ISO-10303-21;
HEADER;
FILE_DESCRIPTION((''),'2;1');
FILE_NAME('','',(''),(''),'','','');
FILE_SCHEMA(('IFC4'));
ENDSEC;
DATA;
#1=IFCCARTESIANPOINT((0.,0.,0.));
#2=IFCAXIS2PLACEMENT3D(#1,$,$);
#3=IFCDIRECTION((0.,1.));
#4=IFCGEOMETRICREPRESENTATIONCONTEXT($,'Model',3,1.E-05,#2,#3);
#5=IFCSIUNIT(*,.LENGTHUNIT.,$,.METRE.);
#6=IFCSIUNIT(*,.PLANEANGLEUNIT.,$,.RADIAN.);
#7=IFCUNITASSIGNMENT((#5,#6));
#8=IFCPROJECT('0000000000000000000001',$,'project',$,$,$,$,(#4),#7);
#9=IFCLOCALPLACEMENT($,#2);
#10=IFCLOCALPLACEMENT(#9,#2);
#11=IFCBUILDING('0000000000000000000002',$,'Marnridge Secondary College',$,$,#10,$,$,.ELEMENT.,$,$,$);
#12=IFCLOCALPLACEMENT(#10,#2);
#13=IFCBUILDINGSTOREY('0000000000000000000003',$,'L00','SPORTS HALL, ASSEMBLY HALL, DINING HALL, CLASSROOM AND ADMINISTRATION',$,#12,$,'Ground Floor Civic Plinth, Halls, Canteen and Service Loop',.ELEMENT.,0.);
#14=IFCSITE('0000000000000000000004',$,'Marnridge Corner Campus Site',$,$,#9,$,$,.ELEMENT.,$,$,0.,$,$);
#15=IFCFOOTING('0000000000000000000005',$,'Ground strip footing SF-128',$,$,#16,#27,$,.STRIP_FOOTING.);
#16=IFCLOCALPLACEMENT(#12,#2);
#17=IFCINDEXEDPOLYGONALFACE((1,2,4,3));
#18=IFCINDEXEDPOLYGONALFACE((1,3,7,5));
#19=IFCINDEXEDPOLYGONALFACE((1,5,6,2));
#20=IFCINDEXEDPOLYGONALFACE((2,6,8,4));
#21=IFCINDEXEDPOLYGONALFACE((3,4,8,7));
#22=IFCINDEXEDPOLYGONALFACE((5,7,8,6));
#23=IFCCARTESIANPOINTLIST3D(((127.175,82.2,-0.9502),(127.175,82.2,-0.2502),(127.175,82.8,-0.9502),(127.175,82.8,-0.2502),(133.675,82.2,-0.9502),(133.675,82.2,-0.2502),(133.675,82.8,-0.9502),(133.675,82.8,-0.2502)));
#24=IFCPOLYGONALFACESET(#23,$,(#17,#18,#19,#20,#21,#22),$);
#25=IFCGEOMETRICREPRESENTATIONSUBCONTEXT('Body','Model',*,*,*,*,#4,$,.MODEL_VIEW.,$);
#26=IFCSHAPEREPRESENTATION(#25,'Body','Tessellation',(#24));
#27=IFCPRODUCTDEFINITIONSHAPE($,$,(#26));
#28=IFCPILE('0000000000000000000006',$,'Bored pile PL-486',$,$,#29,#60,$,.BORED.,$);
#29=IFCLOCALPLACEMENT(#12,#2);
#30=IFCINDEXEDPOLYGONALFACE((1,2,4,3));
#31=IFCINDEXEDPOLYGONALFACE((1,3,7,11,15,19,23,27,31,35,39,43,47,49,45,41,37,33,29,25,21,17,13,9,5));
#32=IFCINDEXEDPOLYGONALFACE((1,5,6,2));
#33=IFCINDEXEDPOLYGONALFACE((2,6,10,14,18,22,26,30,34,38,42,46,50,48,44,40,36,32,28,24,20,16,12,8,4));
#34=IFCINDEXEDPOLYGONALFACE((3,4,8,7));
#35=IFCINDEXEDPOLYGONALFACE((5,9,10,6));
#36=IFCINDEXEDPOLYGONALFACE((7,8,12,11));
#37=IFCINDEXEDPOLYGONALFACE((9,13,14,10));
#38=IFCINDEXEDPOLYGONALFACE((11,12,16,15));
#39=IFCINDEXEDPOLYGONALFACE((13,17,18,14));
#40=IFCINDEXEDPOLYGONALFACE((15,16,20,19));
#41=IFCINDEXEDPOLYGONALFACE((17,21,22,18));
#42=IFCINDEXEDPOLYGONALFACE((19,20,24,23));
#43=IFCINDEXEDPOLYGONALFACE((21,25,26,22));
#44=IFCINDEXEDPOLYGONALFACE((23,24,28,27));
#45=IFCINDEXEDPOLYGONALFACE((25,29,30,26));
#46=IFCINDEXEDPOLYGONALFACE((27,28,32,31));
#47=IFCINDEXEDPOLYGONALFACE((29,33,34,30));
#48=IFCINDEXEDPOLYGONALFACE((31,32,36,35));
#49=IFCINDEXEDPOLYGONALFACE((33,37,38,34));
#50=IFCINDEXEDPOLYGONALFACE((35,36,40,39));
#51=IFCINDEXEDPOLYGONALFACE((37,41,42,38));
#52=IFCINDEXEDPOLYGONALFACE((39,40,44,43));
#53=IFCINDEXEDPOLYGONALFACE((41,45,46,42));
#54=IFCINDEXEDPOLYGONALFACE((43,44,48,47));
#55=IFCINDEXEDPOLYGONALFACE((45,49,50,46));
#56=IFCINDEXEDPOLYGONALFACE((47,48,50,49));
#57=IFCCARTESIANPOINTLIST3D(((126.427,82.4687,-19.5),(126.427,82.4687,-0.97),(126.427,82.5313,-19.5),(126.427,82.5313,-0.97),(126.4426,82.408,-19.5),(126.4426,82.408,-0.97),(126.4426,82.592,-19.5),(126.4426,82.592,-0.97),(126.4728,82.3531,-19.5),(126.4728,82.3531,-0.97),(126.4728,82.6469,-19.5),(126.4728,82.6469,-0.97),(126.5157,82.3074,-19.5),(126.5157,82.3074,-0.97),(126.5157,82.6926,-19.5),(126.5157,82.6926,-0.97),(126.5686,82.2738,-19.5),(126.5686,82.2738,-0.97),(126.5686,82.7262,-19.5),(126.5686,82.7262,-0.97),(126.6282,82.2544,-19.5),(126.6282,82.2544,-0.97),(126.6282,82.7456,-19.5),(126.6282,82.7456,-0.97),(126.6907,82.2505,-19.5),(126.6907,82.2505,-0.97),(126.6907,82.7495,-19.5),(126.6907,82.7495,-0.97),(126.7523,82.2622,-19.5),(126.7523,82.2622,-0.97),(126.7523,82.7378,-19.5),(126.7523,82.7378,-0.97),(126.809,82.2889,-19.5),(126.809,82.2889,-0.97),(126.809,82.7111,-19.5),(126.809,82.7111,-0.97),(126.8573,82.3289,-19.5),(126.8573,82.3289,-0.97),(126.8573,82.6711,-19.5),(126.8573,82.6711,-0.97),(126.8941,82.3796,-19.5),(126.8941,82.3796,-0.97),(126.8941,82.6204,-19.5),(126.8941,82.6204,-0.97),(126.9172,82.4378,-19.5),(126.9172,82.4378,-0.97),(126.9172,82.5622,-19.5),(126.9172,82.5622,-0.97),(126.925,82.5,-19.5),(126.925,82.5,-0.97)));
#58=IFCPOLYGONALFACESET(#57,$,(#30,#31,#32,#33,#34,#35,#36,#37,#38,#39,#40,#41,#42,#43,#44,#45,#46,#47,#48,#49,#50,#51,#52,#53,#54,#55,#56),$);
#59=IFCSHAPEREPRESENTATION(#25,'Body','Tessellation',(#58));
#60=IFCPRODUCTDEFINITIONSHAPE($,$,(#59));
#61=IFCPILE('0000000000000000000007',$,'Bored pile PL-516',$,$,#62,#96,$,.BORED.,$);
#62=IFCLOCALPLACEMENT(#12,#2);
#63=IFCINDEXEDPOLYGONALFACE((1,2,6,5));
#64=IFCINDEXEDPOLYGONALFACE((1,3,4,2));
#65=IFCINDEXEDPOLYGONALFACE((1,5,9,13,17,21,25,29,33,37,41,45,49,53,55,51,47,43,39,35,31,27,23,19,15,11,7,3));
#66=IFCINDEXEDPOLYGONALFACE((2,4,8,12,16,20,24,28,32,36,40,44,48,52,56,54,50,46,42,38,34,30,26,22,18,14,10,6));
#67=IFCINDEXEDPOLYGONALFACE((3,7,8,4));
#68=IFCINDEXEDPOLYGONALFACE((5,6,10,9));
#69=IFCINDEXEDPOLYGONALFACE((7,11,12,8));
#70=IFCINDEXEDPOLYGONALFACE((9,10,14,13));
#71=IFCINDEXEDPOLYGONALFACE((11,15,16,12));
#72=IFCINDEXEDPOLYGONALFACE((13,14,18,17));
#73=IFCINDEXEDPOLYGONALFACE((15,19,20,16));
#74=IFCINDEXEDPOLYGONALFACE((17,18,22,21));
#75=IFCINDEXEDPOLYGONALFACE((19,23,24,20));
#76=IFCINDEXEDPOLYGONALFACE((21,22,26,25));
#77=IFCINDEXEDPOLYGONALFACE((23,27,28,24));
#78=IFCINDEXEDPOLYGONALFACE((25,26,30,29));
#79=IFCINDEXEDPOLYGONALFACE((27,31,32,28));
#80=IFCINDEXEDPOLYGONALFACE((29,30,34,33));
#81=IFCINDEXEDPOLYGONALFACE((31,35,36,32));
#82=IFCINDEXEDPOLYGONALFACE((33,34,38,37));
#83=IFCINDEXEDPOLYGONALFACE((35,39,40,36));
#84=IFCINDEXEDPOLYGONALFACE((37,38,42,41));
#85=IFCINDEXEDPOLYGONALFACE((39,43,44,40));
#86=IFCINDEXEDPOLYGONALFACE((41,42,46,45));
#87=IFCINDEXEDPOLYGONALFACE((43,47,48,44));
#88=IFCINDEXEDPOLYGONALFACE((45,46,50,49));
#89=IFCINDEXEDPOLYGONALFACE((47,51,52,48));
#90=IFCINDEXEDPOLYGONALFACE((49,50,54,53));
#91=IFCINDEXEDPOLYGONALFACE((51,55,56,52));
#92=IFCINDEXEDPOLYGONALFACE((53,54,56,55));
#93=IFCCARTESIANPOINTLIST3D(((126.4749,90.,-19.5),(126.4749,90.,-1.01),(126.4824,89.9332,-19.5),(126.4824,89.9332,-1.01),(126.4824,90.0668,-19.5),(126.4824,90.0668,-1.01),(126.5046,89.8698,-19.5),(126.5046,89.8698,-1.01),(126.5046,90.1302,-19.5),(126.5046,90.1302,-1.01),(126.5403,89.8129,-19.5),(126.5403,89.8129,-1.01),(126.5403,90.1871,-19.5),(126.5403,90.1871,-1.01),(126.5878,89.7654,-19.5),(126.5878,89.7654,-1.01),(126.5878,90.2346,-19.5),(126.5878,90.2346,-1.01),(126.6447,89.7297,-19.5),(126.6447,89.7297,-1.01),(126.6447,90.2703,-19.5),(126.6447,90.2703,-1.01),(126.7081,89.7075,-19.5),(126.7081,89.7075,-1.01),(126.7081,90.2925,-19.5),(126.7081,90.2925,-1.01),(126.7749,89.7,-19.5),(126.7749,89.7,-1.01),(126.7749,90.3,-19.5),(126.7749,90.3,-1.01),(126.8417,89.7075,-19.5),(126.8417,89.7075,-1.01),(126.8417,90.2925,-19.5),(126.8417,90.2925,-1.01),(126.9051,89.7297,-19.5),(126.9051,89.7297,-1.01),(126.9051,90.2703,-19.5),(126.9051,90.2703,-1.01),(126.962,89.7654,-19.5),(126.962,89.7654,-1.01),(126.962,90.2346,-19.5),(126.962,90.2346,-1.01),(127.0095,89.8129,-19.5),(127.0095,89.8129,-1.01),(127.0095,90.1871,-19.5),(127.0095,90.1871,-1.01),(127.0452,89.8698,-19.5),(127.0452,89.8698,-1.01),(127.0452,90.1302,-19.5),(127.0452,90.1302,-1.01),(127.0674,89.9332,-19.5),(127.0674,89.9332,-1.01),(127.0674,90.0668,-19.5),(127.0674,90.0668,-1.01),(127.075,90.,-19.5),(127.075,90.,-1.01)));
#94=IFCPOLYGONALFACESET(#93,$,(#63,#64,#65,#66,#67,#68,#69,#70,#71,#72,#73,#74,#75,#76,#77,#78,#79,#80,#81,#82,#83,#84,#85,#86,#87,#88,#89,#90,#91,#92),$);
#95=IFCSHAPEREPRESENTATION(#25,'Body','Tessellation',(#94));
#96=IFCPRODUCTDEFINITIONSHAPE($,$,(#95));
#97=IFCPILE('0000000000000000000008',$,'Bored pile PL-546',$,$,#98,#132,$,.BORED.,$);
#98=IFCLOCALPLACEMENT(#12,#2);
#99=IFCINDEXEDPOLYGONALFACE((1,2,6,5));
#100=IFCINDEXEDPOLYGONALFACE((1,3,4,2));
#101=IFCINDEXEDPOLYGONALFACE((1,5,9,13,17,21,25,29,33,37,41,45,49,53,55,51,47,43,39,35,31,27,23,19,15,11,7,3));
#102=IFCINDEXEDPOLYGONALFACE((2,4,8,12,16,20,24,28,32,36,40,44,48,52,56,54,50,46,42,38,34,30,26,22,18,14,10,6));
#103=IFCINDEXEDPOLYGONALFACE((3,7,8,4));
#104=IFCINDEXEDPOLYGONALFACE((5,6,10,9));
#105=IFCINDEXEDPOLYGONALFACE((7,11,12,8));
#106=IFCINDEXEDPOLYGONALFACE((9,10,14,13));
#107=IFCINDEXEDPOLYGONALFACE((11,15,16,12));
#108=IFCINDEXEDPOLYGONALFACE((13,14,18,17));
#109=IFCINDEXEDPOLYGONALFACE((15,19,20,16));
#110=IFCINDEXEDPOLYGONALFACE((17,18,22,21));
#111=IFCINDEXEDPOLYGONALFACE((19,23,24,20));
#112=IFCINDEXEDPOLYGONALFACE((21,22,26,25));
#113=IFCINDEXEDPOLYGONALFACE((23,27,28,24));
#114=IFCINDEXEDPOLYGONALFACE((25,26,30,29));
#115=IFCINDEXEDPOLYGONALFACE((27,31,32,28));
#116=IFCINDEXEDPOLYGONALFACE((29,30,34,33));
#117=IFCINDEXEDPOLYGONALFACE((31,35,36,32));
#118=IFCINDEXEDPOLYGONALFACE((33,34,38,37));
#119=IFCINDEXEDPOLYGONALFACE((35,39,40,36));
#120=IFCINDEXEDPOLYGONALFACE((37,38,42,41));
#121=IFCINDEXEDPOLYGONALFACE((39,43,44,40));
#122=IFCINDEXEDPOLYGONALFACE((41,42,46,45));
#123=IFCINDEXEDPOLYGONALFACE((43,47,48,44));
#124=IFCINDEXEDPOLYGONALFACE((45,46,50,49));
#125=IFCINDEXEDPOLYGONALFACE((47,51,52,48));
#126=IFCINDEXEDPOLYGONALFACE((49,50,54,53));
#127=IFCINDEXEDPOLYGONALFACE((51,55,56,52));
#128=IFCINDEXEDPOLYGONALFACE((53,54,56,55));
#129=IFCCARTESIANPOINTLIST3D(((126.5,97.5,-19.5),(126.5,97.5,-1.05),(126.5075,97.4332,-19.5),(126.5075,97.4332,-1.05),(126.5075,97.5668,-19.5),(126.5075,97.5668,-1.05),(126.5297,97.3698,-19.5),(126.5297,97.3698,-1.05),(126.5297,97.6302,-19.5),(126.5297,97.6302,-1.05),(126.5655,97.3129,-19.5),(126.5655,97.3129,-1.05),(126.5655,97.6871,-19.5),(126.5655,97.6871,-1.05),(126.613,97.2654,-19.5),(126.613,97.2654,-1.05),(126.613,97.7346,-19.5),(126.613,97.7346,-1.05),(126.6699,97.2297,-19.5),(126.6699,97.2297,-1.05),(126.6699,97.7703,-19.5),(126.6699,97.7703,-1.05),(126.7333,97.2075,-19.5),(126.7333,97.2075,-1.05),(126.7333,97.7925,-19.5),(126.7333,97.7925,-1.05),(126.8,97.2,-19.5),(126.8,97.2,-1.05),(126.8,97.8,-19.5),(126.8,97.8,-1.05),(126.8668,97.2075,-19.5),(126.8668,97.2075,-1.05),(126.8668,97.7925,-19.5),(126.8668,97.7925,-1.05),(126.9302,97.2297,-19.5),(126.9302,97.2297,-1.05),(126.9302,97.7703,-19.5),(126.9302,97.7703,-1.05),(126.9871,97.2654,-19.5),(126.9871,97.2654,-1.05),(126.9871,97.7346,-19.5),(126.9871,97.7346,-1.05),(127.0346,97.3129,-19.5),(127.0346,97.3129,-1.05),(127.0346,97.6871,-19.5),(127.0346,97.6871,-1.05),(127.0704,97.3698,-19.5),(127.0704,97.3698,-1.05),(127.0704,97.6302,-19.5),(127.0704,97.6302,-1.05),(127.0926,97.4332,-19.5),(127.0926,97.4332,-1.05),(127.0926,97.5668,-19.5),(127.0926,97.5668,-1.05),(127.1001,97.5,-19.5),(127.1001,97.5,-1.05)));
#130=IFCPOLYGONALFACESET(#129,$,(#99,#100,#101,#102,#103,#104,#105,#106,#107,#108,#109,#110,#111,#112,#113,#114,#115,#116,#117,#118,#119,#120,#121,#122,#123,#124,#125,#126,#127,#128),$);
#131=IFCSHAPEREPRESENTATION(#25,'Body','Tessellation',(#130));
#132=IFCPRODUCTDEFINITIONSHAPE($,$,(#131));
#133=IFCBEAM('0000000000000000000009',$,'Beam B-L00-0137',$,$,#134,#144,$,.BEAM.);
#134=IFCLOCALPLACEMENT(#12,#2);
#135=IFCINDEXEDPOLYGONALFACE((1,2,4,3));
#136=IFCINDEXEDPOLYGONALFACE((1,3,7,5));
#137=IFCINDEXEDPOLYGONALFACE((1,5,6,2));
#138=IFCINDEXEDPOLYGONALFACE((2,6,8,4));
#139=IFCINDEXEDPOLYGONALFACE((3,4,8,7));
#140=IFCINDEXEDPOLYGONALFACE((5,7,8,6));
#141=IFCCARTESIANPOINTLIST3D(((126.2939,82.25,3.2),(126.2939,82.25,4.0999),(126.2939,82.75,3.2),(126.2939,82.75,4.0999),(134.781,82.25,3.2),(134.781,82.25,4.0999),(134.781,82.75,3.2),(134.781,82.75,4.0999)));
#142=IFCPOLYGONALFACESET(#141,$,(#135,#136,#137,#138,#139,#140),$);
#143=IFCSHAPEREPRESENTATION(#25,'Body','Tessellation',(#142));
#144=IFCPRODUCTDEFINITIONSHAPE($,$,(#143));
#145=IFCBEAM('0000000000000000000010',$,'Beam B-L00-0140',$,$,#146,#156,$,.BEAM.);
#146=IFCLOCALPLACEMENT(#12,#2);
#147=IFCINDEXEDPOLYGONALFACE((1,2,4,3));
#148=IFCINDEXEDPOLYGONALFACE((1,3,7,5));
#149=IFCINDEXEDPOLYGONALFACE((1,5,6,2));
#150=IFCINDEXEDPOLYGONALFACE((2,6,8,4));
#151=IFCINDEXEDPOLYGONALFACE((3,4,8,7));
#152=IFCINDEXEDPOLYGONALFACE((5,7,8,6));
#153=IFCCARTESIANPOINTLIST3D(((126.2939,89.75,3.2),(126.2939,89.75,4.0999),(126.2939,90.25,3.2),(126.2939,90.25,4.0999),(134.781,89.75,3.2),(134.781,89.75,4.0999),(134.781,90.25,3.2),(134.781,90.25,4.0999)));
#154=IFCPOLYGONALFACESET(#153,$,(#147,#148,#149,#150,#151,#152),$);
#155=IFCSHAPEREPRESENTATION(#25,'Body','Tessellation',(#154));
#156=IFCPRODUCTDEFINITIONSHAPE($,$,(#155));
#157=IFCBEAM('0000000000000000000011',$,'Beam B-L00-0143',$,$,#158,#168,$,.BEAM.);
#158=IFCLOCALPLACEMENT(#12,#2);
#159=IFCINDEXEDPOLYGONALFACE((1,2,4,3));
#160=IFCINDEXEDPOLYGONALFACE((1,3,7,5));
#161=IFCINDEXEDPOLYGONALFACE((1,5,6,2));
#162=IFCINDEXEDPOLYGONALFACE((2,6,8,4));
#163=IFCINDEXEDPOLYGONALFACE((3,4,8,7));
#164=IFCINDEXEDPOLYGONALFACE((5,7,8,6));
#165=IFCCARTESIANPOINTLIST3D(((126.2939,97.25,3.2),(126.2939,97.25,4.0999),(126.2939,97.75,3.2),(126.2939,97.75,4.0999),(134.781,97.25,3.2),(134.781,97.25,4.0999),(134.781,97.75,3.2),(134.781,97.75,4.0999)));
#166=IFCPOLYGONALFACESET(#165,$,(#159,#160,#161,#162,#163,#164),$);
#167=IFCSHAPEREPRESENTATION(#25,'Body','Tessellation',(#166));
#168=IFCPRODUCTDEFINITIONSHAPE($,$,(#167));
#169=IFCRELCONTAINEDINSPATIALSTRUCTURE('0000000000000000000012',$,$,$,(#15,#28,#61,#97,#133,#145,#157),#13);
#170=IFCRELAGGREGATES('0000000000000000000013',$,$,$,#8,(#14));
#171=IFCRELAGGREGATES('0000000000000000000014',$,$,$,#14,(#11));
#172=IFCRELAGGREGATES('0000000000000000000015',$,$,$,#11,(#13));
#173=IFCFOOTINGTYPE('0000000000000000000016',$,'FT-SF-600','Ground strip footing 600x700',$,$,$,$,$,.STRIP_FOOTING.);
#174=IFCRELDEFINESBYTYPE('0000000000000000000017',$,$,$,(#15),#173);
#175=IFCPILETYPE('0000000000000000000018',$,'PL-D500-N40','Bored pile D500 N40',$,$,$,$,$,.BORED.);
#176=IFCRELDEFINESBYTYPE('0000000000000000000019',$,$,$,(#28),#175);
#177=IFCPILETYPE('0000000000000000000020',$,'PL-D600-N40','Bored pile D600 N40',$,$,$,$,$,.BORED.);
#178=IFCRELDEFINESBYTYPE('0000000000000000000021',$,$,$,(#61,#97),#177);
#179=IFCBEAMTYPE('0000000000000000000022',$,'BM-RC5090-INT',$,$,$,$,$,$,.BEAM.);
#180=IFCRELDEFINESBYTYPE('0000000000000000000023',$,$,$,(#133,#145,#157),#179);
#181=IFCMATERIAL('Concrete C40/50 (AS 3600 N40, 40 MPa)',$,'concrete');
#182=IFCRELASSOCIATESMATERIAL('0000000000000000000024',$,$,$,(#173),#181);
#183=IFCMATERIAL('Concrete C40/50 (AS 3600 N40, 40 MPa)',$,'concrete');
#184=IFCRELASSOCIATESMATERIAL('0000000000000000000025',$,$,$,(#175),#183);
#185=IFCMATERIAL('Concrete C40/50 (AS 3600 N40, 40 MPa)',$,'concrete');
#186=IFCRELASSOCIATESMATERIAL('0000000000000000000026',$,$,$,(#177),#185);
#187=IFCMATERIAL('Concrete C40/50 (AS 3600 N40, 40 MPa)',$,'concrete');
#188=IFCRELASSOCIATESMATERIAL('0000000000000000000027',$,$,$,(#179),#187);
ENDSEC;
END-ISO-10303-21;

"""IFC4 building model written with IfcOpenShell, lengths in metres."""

from ifc_helpers import new_model, si_unit, direction, frame, origin, origin_2d, place, context, subcontext, project, spatial, rectangle, circle, extrude, material, material_profile, profile_set, type_object, element, save


model = new_model("IFC4")

# Units and contexts
model_context = context("Model", 3, precision=1e-05, world=origin(), true_north=direction((0.0, 1.0)))
body_context = subcontext(model_context, "Body", "Model", "MODEL_VIEW")
ifc_project = project(units=[si_unit("LENGTHUNIT", "METRE"), si_unit("PLANEANGLEUNIT", "RADIAN")], contexts=[model_context])

# Site, building, storey
site_placement = place(None, origin())
site = spatial("IfcSite", under=ifc_project, at=site_placement, Name="Marnridge Corner Campus Site", CompositionType="ELEMENT", RefElevation=0.0)
building_placement = place(site_placement, origin())
building = spatial("IfcBuilding", under=site, at=building_placement, Name="Marnridge Secondary College", CompositionType="ELEMENT")
storey_placement = place(building_placement, origin())
storey = spatial("IfcBuildingStorey", under=building, at=storey_placement, Name="L00", Description="SPORTS HALL, ASSEMBLY HALL, DINING HALL, CLASSROOM AND ADMINISTRATION", LongName="Ground Floor Civic Plinth, Halls, Canteen and Service Loop", CompositionType="ELEMENT", Elevation=0.0)

# Footing
ifc_material_1 = material(Name="Concrete C40/50 (AS 3600 N40, 40 MPa)", Category="concrete")
footing_type = type_object("IfcFootingType", Name="FT-SF-600", Description="Ground strip footing 600x700", PredefinedType="STRIP_FOOTING", material=ifc_material_1)
footing_placement = place(storey_placement, frame((130.425, 82.5, -0.9502), z_axis=(0.0, 0.0, 1.0), x_axis=(1.0, 0.0, 0.0)))
element("IfcFooting", 1, at=footing_placement, inside=storey, type_object=footing_type, Name="Ground strip footing SF-128", PredefinedType="STRIP_FOOTING", context=body_context, shape_type="SweptSolid", body=[
    extrude(rectangle(XDim=6.5, YDim=0.6001, at=origin_2d()), origin(), (0.0, 0.0, 1.0), 0.7),
])

# Piles
ifc_material_2 = material(Name="Concrete C40/50 (AS 3600 N40, 40 MPa)", Category="concrete")
ifc_material_profile_1 = material_profile(ifc_material_2, circle(Radius=0.25, at=origin_2d()), Name="PILE D500")
ifc_profile_set_1 = profile_set([ifc_material_profile_1], Name="Concrete C40/50 (AS 3600 N40, 40 MPa)")
pile_type_1 = type_object("IfcPileType", Name="PL-D500-N40", Description="Bored pile D500 N40", PredefinedType="BORED", material=ifc_profile_set_1)
pile_1_placement = place(storey_placement, frame((126.675, 82.5, -0.97), z_axis=(0.0, 0.0, -1.0), x_axis=(1.0, 0.0, 0.0)))
element("IfcPile", 2, at=pile_1_placement, inside=storey, type_object=pile_type_1, Name="Bored pile PL-486", PredefinedType="BORED", context=body_context, shape_type="SweptSolid", body=[
    extrude(circle(Radius=0.25, at=origin_2d()), origin(), (0.0, 0.0, 1.0), 18.53),
])
ifc_material_3 = material(Name="Concrete C40/50 (AS 3600 N40, 40 MPa)", Category="concrete")
ifc_material_profile_2 = material_profile(ifc_material_3, circle(Radius=0.3, at=origin_2d()), Name="PILE D600")
ifc_profile_set_2 = profile_set([ifc_material_profile_2], Name="Concrete C40/50 (AS 3600 N40, 40 MPa)")
pile_type_2 = type_object("IfcPileType", Name="PL-D600-N40", Description="Bored pile D600 N40", PredefinedType="BORED", material=ifc_profile_set_2)
pile_2_placement = place(storey_placement, frame((126.7749, 90.0, -1.01), z_axis=(0.0, 0.0, -1.0), x_axis=(1.0, 0.0, 0.0)))
element("IfcPile", 3, at=pile_2_placement, inside=storey, type_object=pile_type_2, Name="Bored pile PL-516", PredefinedType="BORED", context=body_context, shape_type="SweptSolid", body=[
    extrude(circle(Radius=0.3, at=origin_2d()), origin(), (0.0, 0.0, 1.0), 18.49),
])
pile_3_placement = place(storey_placement, frame((126.8, 97.5, -1.05), z_axis=(0.0, 0.0, -1.0), x_axis=(1.0, 0.0, 0.0)))
element("IfcPile", 4, at=pile_3_placement, inside=storey, type_object=pile_type_2, Name="Bored pile PL-546", PredefinedType="BORED", context=body_context, shape_type="SweptSolid", body=[
    extrude(circle(Radius=0.3, at=origin_2d()), origin(), (0.0, 0.0, 1.0), 18.45),
])

# Beams
ifc_material_4 = material(Name="Concrete C40/50 (AS 3600 N40, 40 MPa)", Category="concrete")
ifc_material_profile_3 = material_profile(ifc_material_4, rectangle(XDim=0.5, YDim=0.8999, at=origin_2d()), Name="RC 500x900")
ifc_profile_set_3 = profile_set([ifc_material_profile_3], Name="Concrete C40/50 (AS 3600 N40, 40 MPa)")
beam_type_1 = type_object("IfcBeamType", Name="BM-RC5090-INT", PredefinedType="BEAM", material=ifc_profile_set_3)
for number, where, z_axis, x_axis, name in (
    (5, (126.2939, 82.5, 3.6499), (1.0, 0.0, 0.0), (0.0, 1.0, 0.0), "Beam B-L00-0137"),
    (6, (126.2939, 90.0, 3.6499), (1.0, 0.0, 0.0), (0.0, 1.0, 0.0), "Beam B-L00-0140"),
    (7, (126.2939, 97.5, 3.6499), (1.0, 0.0, 0.0), (0.0, 1.0, 0.0), "Beam B-L00-0143"),
):
    element("IfcBeam", number, at=place(storey_placement, frame(where, z_axis=z_axis, x_axis=x_axis)), inside=storey, type_object=beam_type_1, Name=name, PredefinedType="BEAM", context=body_context, shape_type="SweptSolid", body=[
        extrude(rectangle(XDim=0.5, YDim=0.8999, at=origin_2d()), origin(), (0.0, 0.0, 1.0), 8.4871),
    ])

save(model, "model.ifc")
